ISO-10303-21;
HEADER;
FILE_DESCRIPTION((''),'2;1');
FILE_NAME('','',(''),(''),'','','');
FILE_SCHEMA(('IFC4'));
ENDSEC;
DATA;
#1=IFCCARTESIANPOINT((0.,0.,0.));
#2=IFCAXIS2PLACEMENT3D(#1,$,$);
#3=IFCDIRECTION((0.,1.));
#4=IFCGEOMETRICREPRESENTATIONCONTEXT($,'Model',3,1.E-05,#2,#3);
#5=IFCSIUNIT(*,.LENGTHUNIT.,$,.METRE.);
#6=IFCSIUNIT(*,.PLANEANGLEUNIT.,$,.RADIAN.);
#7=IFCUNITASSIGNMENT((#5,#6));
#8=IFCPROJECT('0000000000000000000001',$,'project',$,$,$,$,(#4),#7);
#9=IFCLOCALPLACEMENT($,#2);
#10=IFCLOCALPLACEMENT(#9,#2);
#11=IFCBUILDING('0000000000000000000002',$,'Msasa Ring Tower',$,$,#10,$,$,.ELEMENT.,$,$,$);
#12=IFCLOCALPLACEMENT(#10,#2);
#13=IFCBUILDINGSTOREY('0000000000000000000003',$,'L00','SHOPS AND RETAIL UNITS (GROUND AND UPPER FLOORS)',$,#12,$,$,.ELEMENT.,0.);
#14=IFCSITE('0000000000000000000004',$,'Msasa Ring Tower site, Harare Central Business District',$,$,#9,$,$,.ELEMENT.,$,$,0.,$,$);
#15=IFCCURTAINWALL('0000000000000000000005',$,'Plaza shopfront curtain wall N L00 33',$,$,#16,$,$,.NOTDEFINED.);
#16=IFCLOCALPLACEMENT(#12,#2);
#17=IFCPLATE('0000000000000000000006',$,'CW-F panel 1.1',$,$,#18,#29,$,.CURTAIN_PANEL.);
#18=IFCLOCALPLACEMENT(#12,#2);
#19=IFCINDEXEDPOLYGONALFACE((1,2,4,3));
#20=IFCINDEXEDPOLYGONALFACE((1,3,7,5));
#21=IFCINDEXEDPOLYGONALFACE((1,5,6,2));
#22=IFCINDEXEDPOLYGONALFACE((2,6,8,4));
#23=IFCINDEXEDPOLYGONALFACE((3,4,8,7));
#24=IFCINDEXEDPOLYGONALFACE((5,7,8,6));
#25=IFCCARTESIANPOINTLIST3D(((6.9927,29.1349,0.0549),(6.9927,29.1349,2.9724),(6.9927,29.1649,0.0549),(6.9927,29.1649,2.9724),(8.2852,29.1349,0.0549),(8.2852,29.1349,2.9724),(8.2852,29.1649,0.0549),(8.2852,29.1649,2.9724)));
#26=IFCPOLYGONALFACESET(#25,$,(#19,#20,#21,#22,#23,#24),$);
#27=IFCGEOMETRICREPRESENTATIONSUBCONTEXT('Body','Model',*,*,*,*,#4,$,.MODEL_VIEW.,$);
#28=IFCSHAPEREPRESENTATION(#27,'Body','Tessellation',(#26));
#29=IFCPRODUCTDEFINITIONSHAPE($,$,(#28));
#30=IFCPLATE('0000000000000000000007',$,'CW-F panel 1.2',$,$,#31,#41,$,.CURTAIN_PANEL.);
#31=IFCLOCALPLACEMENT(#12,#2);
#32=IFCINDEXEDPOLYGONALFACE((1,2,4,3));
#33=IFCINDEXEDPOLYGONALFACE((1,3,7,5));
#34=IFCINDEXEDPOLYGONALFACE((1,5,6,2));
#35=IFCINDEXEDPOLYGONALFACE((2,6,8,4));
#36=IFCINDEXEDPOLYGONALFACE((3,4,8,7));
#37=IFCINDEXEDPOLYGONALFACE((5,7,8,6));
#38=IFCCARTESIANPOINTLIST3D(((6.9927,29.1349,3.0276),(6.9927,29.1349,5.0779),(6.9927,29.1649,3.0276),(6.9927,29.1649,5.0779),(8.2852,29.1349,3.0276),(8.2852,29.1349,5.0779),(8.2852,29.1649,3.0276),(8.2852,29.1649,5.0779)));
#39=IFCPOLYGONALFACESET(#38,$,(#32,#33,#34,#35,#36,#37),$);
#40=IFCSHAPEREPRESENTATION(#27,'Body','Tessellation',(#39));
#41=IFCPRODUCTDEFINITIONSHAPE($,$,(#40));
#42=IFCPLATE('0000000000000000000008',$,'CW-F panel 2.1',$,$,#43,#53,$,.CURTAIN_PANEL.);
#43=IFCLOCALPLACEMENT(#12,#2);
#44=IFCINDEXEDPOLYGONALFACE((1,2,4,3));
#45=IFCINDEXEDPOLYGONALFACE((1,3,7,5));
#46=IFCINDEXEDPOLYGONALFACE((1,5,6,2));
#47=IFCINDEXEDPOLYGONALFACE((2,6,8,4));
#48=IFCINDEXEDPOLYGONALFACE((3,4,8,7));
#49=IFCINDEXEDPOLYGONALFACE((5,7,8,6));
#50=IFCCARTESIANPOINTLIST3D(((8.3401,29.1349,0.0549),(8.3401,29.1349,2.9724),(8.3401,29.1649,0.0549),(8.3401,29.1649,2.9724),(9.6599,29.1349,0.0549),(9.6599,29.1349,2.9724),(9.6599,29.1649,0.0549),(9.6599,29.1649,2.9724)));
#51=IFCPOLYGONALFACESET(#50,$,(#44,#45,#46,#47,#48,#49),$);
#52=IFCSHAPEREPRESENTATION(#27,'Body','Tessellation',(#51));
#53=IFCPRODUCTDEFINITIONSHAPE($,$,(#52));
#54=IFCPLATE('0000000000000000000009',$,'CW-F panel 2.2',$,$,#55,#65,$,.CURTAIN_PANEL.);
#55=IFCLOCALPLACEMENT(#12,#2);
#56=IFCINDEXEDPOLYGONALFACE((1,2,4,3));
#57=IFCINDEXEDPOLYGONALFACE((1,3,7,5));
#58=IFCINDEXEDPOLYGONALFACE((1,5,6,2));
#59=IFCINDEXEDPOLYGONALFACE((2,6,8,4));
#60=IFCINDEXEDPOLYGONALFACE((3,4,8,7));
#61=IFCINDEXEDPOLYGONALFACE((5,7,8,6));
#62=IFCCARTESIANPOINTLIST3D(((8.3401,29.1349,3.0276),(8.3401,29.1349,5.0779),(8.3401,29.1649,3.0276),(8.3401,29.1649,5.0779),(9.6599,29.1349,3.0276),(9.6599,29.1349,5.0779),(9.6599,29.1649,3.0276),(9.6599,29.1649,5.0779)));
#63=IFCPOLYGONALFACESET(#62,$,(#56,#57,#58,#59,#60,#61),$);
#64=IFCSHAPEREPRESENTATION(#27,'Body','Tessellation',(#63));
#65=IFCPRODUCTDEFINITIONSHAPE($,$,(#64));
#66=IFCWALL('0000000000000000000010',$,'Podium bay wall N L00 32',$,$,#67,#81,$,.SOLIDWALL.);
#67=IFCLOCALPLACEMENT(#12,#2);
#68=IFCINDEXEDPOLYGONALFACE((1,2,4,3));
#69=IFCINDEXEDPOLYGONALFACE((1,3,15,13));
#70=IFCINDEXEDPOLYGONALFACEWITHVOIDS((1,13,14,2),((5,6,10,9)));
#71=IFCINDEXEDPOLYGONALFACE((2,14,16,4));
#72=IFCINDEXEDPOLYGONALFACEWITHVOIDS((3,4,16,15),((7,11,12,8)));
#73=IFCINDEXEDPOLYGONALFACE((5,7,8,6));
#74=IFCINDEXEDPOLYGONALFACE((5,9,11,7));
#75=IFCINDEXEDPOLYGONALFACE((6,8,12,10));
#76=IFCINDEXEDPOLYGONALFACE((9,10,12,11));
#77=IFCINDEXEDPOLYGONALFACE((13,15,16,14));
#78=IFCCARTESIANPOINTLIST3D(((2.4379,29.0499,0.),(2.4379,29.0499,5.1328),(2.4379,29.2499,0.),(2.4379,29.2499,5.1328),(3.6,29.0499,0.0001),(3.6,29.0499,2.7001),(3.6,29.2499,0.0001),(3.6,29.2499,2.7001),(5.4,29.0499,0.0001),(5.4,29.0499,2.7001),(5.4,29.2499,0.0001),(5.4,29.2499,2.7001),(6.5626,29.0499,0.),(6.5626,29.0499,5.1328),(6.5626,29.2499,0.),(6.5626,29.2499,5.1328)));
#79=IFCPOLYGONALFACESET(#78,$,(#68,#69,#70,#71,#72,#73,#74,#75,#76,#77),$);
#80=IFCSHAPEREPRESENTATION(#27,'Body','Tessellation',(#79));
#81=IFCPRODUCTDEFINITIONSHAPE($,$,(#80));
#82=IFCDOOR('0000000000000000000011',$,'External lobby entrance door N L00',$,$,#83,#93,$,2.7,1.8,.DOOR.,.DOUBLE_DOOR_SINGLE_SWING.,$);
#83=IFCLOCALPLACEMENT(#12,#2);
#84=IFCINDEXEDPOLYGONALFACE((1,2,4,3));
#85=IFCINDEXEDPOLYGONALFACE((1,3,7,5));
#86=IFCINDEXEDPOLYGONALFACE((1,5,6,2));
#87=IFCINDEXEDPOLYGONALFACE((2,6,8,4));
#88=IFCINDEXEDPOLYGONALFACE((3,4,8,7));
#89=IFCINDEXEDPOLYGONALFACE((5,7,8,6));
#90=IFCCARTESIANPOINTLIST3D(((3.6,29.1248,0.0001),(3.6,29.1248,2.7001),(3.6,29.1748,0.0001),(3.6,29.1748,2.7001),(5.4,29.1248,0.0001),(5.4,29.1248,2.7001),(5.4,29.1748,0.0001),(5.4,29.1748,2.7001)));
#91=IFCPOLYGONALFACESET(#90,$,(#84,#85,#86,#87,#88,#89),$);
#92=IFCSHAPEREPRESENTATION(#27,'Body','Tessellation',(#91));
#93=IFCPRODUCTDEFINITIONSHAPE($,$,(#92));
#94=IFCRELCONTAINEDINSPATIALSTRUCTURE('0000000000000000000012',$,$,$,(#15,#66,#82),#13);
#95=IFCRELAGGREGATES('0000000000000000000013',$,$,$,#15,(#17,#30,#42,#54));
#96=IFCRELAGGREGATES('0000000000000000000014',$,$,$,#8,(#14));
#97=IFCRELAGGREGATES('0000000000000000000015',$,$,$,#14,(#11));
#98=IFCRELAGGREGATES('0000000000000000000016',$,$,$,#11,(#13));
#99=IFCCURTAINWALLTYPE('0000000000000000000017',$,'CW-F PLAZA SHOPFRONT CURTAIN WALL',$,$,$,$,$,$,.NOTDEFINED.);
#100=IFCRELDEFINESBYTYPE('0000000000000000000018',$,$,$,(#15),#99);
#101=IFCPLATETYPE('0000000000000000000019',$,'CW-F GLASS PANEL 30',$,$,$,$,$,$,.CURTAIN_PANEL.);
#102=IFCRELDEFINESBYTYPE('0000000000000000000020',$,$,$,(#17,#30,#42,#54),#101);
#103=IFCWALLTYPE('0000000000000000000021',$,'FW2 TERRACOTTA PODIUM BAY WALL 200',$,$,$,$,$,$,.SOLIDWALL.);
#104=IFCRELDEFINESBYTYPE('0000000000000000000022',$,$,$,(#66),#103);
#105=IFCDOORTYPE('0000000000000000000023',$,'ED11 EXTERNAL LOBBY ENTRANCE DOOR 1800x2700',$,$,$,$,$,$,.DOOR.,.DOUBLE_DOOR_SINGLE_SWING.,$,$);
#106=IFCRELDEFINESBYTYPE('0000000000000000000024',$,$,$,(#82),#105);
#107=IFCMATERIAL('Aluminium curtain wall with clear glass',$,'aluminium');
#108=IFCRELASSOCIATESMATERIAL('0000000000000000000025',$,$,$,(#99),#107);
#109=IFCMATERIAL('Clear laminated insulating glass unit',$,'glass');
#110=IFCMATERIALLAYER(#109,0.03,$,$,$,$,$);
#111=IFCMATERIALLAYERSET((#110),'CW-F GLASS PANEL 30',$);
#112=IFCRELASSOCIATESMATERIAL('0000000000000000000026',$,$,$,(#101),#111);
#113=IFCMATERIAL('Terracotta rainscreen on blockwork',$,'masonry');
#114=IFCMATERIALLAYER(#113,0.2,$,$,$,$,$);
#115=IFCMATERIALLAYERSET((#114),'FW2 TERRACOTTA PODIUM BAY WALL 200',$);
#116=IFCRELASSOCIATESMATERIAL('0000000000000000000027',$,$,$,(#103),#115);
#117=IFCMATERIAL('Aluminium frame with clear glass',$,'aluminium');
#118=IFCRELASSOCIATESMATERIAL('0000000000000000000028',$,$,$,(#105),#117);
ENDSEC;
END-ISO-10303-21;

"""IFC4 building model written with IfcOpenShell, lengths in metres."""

from ifc_helpers import new_model, si_unit, direction, frame, frame_2d, origin, origin_2d, place, context, subcontext, project, spatial, rectangle, extrude, material, layer, layer_set, type_object, element, fill, aggregate, save


model = new_model("IFC4")

# Units and contexts
model_context = context("Model", 3, precision=1e-05, world=origin(), true_north=direction((0.0, 1.0)))
body_context = subcontext(model_context, "Body", "Model", "MODEL_VIEW")
ifc_project = project(units=[si_unit("LENGTHUNIT", "METRE"), si_unit("PLANEANGLEUNIT", "RADIAN")], contexts=[model_context])

# Site, building, storey
site_placement = place(None, origin())
site = spatial("IfcSite", under=ifc_project, at=site_placement, Name="Msasa Ring Tower site, Harare Central Business District", CompositionType="ELEMENT", RefElevation=0.0)
building_placement = place(site_placement, origin())
building = spatial("IfcBuilding", under=site, at=building_placement, Name="Msasa Ring Tower", CompositionType="ELEMENT")
storey_placement = place(building_placement, origin())
storey = spatial("IfcBuildingStorey", under=building, at=storey_placement, Name="L00", Description="SHOPS AND RETAIL UNITS (GROUND AND UPPER FLOORS)", CompositionType="ELEMENT", Elevation=0.0)

# Curtain wall
ifc_material_1 = material(Name="Aluminium curtain wall with clear glass", Category="aluminium")
curtain_wall_type = type_object("IfcCurtainWallType", Name="CW-F PLAZA SHOPFRONT CURTAIN WALL", PredefinedType="NOTDEFINED", material=ifc_material_1)
curtain_wall_placement = place(storey_placement, origin())
curtain_wall = element("IfcCurtainWall", 1, at=curtain_wall_placement, inside=storey, type_object=curtain_wall_type, Name="Plaza shopfront curtain wall N L00 33", PredefinedType="NOTDEFINED")

# Plates
ifc_material_2 = material(Name="Clear laminated insulating glass unit", Category="glass")
ifc_layer_1 = layer(ifc_material_2, 0.03)
ifc_layer_set_1 = layer_set([ifc_layer_1], Name="CW-F GLASS PANEL 30")
plate_type = type_object("IfcPlateType", Name="CW-F GLASS PANEL 30", PredefinedType="CURTAIN_PANEL", material=ifc_layer_set_1)
plate_1_placement = place(storey_placement, frame((7.6389, 29.1499, 0.0549), z_axis=(0.0, 0.0, 1.0), x_axis=(1.0, 0.0, 0.0)))
plate_1 = element("IfcPlate", 2, at=plate_1_placement, type_object=plate_type, Name="CW-F panel 1.1", PredefinedType="CURTAIN_PANEL", context=body_context, shape_type="SweptSolid", body=[
    extrude(rectangle(XDim=1.2925, YDim=0.03, at=origin_2d()), origin(), (0.0, 0.0, 1.0), 2.9175),
])
plate_2_placement = place(storey_placement, frame((7.6389, 29.1499, 3.0276), z_axis=(0.0, 0.0, 1.0), x_axis=(1.0, 0.0, 0.0)))
plate_2 = element("IfcPlate", 3, at=plate_2_placement, type_object=plate_type, Name="CW-F panel 1.2", PredefinedType="CURTAIN_PANEL", context=body_context, shape_type="SweptSolid", body=[
    extrude(rectangle(XDim=1.2925, YDim=0.03, at=origin_2d()), origin(), (0.0, 0.0, 1.0), 2.0503),
])
plate_3_placement = place(storey_placement, frame((9.0, 29.1499, 0.0549), z_axis=(0.0, 0.0, 1.0), x_axis=(1.0, 0.0, 0.0)))
plate_3 = element("IfcPlate", 4, at=plate_3_placement, type_object=plate_type, Name="CW-F panel 2.1", PredefinedType="CURTAIN_PANEL", context=body_context, shape_type="SweptSolid", body=[
    extrude(rectangle(XDim=1.3198, YDim=0.03, at=origin_2d()), origin(), (0.0, 0.0, 1.0), 2.9175),
])
plate_4_placement = place(storey_placement, frame((9.0, 29.1499, 3.0276), z_axis=(0.0, 0.0, 1.0), x_axis=(1.0, 0.0, 0.0)))
plate_4 = element("IfcPlate", 5, at=plate_4_placement, type_object=plate_type, Name="CW-F panel 2.2", PredefinedType="CURTAIN_PANEL", context=body_context, shape_type="SweptSolid", body=[
    extrude(rectangle(XDim=1.3198, YDim=0.03, at=origin_2d()), origin(), (0.0, 0.0, 1.0), 2.0503),
])
aggregate(curtain_wall, [plate_1, plate_2, plate_3, plate_4])

# Wall, opening, door
ifc_material_3 = material(Name="Terracotta rainscreen on blockwork", Category="masonry")
ifc_layer_2 = layer(ifc_material_3, 0.2)
ifc_layer_set_2 = layer_set([ifc_layer_2], Name="FW2 TERRACOTTA PODIUM BAY WALL 200")
wall_type = type_object("IfcWallType", Name="FW2 TERRACOTTA PODIUM BAY WALL 200", PredefinedType="SOLIDWALL", material=ifc_layer_set_2)
wall_placement = place(storey_placement, frame((2.4377, 29.1499, 0.0), z_axis=(0.0, 0.0, 1.0), x_axis=(1.0, 0.0, 0.0)))
wall = element("IfcWall", 6, at=wall_placement, inside=storey, type_object=wall_type, Name="Podium bay wall N L00 32", PredefinedType="SOLIDWALL", context=body_context, shape_type="SweptSolid", body=[
    extrude(rectangle(XDim=4.1248, YDim=0.2, at=frame_2d((2.0625, 0.0))), origin(), (0.0, 0.0, 1.0), 5.1328),
])
opening_placement = place(wall_placement, frame((1.1624, 0.0, 0.0)))
opening = element("IfcOpeningElement", 7, at=opening_placement, cuts=wall, PredefinedType="OPENING", context=body_context, shape_type="SweptSolid", body=[
    extrude(rectangle(XDim=1.8, YDim=2.7, at=frame_2d((0.8999, 1.3501))), frame((0.0, 0.1099, 0.0), z_axis=(0.0, -1.0, 0.0), x_axis=(1.0, 0.0, 0.0)), (0.0, 0.0, 1.0), 0.22),
])
ifc_material_4 = material(Name="Aluminium frame with clear glass", Category="aluminium")
door_type = type_object("IfcDoorType", Name="ED11 EXTERNAL LOBBY ENTRANCE DOOR 1800x2700", OperationType="DOUBLE_DOOR_SINGLE_SWING", PredefinedType="DOOR", material=ifc_material_4)
door_placement = place(opening_placement, origin())
door = element("IfcDoor", 8, at=door_placement, inside=storey, type_object=door_type, Name="External lobby entrance door N L00", OperationType="DOUBLE_DOOR_SINGLE_SWING", OverallHeight=2.7, OverallWidth=1.8, PredefinedType="DOOR", context=body_context, shape_type="SweptSolid", body=[
    extrude(rectangle(XDim=1.8, YDim=2.7, at=frame_2d((0.8999, 1.3501))), frame((0.0, 0.0249, 0.0), z_axis=(0.0, -1.0, 0.0), x_axis=(1.0, 0.0, 0.0)), (0.0, 0.0, 1.0), 0.05),
])
fill(opening, door)

save(model, "model.ifc")
